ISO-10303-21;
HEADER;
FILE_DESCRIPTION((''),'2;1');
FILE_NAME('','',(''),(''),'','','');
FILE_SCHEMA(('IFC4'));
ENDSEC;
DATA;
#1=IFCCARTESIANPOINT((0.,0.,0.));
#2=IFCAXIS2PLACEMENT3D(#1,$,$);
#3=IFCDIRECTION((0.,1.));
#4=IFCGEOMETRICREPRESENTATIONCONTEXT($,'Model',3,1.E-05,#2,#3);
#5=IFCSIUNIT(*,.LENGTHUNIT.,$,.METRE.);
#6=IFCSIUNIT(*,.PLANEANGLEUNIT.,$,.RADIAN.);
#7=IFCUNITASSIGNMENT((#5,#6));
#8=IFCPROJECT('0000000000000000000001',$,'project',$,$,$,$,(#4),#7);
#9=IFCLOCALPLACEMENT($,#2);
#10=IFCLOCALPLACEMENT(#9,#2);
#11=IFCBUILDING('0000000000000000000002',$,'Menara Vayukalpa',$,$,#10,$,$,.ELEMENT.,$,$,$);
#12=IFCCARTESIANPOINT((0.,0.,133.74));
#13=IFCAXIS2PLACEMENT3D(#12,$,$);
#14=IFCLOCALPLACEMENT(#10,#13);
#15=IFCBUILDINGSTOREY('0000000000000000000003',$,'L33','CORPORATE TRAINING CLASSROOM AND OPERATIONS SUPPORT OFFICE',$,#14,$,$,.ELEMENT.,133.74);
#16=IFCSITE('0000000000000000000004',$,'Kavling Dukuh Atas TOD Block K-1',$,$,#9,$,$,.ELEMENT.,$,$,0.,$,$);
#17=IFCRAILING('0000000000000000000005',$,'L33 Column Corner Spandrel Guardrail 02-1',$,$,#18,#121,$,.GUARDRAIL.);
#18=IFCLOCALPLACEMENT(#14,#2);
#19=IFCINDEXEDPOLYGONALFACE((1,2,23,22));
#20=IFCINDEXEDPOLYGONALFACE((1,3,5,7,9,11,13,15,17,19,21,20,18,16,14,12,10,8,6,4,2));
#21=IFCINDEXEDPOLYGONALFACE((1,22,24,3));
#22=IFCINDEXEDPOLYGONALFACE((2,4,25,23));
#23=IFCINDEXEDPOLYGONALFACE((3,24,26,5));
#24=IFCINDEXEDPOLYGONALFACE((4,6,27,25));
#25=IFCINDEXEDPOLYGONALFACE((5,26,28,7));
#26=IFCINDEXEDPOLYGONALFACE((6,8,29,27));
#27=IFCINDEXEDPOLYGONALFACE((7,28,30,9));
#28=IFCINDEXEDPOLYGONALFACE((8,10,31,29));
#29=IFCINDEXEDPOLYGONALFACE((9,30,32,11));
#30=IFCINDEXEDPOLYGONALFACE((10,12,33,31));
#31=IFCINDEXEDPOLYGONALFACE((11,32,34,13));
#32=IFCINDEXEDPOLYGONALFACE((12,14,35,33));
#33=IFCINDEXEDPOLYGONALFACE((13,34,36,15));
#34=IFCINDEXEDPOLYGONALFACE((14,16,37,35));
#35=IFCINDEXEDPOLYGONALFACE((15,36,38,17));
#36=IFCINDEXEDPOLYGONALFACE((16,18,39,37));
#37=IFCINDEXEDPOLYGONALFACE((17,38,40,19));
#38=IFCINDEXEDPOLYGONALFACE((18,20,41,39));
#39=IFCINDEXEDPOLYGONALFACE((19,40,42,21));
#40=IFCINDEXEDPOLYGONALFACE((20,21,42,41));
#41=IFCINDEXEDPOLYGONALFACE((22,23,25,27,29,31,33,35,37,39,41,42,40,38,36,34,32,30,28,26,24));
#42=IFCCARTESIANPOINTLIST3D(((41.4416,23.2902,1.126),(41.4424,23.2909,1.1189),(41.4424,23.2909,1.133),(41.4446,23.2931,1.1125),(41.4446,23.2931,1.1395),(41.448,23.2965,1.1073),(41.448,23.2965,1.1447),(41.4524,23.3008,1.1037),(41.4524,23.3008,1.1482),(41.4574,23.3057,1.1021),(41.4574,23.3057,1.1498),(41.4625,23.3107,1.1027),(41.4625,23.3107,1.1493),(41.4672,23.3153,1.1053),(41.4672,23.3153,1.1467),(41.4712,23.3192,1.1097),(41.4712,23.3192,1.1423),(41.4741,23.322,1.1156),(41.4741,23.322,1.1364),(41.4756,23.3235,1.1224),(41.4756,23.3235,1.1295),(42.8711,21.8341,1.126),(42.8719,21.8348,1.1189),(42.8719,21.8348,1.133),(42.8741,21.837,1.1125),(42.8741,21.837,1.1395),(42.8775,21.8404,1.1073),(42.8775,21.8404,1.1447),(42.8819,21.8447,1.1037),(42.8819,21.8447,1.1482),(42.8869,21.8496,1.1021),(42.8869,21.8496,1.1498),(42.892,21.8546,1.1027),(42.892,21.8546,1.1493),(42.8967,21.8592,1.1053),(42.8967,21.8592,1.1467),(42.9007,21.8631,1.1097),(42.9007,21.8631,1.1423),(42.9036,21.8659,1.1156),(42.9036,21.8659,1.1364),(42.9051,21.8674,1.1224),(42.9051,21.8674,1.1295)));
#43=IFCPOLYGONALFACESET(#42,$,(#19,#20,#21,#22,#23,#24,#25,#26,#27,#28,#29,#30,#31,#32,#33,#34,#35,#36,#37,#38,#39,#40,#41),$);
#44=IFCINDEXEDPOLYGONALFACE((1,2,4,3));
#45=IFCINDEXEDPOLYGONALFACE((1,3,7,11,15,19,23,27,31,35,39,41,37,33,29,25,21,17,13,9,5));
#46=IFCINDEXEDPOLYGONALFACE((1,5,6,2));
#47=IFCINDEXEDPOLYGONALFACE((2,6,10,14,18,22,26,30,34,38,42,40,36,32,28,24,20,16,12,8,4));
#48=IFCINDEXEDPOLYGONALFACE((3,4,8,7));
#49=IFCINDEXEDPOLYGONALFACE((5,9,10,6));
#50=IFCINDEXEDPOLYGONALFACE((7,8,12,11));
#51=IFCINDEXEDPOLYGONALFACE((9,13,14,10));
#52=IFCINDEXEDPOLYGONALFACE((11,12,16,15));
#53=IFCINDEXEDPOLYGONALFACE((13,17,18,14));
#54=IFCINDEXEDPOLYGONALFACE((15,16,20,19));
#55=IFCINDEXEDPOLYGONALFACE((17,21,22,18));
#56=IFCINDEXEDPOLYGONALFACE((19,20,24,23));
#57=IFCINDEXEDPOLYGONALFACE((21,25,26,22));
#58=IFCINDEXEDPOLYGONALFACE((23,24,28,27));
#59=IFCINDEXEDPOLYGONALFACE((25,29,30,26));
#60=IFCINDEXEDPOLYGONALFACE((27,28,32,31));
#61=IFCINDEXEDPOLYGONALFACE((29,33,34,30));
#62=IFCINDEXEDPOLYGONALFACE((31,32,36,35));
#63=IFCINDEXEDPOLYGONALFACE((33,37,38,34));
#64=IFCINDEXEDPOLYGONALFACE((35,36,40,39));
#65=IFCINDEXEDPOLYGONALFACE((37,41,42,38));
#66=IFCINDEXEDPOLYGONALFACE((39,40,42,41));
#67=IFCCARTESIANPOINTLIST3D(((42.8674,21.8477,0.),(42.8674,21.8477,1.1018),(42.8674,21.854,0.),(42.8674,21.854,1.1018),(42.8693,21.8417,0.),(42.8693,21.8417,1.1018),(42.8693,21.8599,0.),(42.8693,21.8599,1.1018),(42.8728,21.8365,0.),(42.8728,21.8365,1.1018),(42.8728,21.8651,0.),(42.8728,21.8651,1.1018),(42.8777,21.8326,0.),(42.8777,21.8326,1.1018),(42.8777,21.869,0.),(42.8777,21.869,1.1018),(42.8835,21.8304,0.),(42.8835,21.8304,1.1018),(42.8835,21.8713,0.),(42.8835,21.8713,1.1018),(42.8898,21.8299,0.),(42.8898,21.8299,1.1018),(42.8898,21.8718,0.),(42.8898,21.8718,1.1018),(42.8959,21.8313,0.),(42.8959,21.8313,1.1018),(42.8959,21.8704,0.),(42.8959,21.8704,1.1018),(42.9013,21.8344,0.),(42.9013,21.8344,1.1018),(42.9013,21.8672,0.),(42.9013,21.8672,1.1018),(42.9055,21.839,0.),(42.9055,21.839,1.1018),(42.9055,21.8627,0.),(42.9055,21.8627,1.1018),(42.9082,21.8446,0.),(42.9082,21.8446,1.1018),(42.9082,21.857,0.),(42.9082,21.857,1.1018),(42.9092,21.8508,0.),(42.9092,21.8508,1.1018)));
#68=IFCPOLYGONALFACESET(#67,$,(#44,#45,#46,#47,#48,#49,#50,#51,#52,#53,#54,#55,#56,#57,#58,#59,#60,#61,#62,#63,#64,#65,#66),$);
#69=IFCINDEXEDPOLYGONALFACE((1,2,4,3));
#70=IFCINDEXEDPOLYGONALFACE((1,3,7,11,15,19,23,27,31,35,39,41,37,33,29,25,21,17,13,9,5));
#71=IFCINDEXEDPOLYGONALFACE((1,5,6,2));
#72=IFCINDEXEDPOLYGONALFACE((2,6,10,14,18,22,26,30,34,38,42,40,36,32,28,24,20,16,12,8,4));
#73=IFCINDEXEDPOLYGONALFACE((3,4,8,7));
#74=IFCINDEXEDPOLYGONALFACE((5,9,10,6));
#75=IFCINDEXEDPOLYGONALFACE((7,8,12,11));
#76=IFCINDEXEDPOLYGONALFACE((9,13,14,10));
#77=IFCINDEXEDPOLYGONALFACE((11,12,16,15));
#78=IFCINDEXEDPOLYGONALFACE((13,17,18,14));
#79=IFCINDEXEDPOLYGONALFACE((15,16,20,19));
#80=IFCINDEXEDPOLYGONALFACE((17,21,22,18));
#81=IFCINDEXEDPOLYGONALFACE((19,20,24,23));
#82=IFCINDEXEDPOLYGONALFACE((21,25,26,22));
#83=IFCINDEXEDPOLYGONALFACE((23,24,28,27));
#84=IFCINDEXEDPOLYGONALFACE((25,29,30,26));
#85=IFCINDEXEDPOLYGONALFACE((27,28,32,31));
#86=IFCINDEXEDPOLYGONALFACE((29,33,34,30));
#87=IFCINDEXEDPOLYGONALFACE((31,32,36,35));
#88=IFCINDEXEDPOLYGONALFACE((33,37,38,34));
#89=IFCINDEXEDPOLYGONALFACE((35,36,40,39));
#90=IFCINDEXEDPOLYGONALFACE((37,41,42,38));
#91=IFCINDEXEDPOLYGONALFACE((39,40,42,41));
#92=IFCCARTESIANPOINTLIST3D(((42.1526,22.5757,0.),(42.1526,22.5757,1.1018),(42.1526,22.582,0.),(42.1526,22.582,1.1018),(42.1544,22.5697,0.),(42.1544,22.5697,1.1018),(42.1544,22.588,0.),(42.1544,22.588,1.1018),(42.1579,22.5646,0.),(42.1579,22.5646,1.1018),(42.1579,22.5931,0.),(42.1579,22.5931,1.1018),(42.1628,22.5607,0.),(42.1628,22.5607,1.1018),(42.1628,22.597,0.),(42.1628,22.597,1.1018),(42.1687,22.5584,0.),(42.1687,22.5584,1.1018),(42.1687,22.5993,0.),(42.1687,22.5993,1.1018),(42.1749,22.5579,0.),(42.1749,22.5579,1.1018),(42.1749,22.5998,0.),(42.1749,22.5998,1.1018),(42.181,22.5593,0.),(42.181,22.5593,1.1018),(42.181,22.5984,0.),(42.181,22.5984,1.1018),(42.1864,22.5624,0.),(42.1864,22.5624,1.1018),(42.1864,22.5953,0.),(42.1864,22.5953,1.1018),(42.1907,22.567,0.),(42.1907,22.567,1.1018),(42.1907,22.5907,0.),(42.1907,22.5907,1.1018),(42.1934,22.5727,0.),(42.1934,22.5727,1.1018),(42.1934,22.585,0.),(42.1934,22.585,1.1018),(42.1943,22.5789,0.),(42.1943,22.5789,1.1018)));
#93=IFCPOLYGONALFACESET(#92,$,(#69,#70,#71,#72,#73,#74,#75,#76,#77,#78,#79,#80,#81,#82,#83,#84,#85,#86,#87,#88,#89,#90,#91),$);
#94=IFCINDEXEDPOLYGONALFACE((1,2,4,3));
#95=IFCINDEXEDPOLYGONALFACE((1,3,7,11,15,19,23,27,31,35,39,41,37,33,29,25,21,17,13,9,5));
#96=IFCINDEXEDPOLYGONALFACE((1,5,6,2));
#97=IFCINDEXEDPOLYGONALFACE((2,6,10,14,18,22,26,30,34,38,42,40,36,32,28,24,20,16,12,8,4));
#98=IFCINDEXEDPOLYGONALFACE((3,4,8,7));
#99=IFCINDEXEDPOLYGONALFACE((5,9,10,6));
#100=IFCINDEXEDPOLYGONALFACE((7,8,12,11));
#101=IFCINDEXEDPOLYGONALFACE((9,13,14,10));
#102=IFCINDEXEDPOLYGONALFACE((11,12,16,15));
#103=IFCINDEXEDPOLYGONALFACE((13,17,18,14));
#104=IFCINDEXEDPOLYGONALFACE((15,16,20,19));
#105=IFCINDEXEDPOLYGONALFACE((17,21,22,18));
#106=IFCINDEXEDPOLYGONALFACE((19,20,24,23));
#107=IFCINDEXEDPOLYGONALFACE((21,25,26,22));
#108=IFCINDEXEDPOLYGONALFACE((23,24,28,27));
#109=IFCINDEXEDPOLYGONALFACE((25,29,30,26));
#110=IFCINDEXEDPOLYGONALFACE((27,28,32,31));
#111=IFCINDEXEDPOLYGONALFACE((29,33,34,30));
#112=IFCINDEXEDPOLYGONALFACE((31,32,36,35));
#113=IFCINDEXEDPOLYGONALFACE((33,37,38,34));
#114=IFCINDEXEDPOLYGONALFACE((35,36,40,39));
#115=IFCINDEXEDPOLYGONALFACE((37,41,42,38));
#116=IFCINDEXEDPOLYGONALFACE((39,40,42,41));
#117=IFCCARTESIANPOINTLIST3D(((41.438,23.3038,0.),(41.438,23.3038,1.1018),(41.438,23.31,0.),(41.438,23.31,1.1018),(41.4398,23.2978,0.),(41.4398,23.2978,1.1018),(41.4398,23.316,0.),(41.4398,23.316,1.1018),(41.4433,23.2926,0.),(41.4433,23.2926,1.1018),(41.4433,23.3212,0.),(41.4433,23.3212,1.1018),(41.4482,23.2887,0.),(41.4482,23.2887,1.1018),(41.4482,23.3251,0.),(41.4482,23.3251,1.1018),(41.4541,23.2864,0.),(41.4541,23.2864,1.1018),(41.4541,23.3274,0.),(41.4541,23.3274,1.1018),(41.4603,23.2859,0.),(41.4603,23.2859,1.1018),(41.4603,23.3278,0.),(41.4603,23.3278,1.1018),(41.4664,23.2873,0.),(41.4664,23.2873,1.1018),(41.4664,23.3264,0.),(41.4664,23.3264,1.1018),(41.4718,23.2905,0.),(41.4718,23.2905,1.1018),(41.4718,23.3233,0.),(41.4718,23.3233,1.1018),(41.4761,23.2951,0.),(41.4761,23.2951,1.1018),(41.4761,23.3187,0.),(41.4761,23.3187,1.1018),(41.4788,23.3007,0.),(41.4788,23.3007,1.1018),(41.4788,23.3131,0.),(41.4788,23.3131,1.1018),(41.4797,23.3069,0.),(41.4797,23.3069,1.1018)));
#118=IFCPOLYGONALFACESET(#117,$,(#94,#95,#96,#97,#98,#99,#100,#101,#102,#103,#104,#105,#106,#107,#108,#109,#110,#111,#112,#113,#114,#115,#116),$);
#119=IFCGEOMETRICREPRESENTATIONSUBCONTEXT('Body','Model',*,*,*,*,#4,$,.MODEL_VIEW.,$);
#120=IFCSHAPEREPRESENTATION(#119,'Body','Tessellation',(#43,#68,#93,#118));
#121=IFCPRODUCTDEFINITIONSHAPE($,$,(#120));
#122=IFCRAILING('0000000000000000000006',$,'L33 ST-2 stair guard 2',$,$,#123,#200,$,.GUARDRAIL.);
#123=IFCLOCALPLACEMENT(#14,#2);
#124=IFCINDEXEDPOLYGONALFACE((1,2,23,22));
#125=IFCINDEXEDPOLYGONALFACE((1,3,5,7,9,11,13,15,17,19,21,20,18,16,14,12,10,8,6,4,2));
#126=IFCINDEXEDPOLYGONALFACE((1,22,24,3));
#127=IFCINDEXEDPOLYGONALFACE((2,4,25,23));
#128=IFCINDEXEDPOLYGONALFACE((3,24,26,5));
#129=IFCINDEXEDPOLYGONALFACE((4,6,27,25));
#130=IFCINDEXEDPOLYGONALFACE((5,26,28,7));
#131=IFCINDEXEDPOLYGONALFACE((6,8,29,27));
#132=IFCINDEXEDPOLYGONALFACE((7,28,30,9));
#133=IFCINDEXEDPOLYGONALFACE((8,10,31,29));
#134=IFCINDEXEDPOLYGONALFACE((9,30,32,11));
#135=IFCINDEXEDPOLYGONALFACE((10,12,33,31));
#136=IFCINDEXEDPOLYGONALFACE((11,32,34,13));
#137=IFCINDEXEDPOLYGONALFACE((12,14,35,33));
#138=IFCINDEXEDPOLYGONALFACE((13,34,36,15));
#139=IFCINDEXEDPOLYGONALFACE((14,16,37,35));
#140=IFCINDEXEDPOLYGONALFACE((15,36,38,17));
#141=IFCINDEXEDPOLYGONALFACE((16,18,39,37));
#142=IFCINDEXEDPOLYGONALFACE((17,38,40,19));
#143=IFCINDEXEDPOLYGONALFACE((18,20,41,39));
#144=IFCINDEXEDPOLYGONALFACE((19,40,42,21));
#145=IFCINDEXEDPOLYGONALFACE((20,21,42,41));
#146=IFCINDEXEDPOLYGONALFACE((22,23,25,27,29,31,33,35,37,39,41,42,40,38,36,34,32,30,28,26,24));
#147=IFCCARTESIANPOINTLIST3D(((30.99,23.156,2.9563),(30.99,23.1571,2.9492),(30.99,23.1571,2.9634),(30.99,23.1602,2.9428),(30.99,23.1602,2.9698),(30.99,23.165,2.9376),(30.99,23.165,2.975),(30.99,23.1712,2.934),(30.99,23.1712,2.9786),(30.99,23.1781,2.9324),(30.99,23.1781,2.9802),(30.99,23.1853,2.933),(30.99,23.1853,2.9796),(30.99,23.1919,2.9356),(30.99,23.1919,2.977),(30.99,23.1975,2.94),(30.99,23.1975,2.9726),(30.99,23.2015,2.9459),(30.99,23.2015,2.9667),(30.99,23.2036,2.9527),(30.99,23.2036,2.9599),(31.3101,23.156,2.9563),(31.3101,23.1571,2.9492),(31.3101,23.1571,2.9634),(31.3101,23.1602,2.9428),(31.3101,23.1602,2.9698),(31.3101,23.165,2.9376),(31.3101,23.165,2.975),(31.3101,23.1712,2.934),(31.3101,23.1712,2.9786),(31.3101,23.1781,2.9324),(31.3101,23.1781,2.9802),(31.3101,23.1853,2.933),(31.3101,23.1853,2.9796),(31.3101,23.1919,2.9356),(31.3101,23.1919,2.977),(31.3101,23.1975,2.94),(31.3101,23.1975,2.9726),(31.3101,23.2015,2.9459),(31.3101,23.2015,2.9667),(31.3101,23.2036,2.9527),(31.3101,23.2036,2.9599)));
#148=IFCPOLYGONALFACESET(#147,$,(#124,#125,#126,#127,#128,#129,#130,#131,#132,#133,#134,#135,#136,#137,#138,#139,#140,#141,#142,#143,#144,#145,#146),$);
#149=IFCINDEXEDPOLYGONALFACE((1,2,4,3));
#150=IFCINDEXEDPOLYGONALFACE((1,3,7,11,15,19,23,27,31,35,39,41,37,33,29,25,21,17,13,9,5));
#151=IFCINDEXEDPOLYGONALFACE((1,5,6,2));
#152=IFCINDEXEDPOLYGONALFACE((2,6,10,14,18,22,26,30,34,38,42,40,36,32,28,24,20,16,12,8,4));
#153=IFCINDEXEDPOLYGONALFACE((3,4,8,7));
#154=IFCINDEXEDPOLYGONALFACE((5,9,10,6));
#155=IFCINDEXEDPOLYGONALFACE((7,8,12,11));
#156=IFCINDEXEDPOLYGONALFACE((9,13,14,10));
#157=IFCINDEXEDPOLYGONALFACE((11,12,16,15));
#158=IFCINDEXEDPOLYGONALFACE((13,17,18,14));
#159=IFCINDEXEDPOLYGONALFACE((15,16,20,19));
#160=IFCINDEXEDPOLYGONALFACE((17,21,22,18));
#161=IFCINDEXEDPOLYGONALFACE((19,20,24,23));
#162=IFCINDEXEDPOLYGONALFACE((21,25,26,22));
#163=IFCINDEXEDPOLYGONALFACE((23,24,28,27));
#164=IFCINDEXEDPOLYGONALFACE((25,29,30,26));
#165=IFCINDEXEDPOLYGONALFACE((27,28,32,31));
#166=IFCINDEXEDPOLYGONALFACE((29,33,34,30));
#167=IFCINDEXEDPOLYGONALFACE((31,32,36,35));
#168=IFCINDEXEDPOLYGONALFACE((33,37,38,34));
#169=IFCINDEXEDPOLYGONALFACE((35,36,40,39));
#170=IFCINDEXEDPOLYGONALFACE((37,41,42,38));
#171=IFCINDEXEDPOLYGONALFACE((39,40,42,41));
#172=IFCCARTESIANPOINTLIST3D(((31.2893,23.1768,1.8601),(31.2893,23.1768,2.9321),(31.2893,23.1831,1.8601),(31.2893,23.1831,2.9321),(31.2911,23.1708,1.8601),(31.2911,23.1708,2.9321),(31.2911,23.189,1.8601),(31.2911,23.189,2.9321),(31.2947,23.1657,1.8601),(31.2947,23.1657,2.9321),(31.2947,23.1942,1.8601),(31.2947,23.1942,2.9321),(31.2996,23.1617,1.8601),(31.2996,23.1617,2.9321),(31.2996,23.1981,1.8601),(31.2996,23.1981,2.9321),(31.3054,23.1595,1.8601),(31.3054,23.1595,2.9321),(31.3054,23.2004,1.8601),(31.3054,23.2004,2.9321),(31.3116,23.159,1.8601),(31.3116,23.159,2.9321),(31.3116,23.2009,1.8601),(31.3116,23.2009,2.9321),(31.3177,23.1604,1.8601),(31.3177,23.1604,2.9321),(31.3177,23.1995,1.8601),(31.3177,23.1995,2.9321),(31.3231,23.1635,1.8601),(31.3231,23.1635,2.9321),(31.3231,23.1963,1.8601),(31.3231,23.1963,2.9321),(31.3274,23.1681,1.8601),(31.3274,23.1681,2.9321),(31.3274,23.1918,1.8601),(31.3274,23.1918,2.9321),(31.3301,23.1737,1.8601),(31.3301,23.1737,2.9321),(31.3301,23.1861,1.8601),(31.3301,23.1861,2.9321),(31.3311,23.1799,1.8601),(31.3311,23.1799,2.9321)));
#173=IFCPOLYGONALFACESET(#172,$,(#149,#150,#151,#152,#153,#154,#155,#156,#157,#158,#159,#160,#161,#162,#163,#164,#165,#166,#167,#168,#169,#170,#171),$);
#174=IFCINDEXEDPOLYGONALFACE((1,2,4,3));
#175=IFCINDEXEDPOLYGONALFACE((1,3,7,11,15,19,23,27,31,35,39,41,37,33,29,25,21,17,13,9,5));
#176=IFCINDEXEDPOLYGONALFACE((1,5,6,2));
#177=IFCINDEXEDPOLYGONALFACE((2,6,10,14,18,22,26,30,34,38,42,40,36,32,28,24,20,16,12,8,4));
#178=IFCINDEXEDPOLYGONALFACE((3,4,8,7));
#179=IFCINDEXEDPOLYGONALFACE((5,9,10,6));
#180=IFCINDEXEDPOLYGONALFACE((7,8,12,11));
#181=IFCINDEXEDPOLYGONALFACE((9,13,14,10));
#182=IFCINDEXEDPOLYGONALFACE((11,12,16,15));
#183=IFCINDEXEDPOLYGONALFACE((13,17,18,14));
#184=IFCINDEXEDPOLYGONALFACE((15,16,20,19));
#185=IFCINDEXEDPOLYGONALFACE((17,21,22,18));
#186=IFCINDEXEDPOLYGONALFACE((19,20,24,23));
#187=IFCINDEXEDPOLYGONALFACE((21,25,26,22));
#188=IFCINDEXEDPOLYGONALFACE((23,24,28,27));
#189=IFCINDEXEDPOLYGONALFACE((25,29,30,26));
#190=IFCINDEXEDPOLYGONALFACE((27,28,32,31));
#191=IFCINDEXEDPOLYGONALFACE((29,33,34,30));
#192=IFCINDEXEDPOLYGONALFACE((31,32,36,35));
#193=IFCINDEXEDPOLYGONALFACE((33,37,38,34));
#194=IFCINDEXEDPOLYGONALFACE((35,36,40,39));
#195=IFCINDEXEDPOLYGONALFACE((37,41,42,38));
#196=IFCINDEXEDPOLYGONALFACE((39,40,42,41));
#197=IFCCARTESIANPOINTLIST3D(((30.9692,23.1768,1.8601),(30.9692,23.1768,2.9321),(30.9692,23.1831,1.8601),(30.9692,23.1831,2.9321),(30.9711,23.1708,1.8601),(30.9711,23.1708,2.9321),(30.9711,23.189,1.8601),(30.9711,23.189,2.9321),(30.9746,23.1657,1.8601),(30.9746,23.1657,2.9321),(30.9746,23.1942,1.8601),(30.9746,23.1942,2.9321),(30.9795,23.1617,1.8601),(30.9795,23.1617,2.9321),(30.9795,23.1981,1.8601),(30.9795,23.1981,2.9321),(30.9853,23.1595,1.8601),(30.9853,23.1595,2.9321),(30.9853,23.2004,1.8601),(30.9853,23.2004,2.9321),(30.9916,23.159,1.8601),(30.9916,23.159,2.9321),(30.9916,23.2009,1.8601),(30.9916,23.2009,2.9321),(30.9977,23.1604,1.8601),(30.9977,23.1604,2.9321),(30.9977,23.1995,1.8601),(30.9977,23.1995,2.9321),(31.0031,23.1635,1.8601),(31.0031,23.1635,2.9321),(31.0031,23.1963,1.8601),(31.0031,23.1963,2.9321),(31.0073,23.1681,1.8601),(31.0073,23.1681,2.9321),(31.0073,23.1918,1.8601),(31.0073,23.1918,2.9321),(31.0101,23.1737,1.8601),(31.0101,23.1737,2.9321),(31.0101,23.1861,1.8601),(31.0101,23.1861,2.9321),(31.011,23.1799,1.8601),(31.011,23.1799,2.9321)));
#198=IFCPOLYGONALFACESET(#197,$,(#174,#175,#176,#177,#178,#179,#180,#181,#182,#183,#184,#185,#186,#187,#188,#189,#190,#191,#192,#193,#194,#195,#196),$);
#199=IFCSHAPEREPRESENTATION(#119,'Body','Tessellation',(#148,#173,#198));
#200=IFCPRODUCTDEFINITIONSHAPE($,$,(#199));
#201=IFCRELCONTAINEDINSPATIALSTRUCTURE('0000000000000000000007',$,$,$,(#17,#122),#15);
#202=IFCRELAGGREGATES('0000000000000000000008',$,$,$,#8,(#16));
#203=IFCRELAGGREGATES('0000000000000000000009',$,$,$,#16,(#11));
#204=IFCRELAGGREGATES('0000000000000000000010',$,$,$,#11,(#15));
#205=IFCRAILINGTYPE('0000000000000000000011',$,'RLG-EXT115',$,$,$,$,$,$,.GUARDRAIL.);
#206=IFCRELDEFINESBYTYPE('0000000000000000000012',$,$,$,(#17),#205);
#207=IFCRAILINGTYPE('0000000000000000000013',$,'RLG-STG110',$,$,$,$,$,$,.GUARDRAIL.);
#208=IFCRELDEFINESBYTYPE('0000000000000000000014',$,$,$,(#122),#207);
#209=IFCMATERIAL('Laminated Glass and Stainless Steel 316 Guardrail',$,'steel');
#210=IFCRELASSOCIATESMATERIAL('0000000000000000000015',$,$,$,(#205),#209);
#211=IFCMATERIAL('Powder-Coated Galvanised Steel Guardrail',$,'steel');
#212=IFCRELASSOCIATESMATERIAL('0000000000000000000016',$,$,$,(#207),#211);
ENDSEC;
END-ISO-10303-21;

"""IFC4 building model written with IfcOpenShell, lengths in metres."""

from ifc_helpers import new_model, si_unit, direction, frame, origin, origin_2d, place, context, subcontext, project, spatial, circle, extrude, material, type_object, element, save


model = new_model("IFC4")

# Units and contexts
model_context = context("Model", 3, precision=1e-05, world=origin(), true_north=direction((0.0, 1.0)))
body_context = subcontext(model_context, "Body", "Model", "MODEL_VIEW")
ifc_project = project(units=[si_unit("LENGTHUNIT", "METRE"), si_unit("PLANEANGLEUNIT", "RADIAN")], contexts=[model_context])

# Site, building, storey
site_placement = place(None, origin())
site = spatial("IfcSite", under=ifc_project, at=site_placement, Name="Kavling Dukuh Atas TOD Block K-1", CompositionType="ELEMENT", RefElevation=0.0)
building_placement = place(site_placement, origin())
building = spatial("IfcBuilding", under=site, at=building_placement, Name="Menara Vayukalpa", CompositionType="ELEMENT")
storey_placement = place(building_placement, frame((0.0, 0.0, 133.74)))
storey = spatial("IfcBuildingStorey", under=building, at=storey_placement, Name="L33", Description="CORPORATE TRAINING CLASSROOM AND OPERATIONS SUPPORT OFFICE", CompositionType="ELEMENT", Elevation=133.74)

# Railings
ifc_material_1 = material(Name="Laminated Glass and Stainless Steel 316 Guardrail", Category="steel")
railing_type_1 = type_object("IfcRailingType", Name="RLG-EXT115", PredefinedType="GUARDRAIL", material=ifc_material_1)
railing_1_placement = place(storey_placement, frame((42.8882, 21.8508, 0.0)))
element("IfcRailing", 1, at=railing_1_placement, inside=storey, type_object=railing_type_1, Name="L33 Column Corner Spandrel Guardrail 02-1", PredefinedType="GUARDRAIL", context=body_context, shape_type="SweptSolid", body=[
    extrude(circle(Radius=0.0239, at=origin_2d()), frame((0.0, 0.0, 1.126), z_axis=(-0.700556, 0.713598, 0.0), x_axis=(-0.713598, -0.700556, 0.0)), (0.0, 0.0, 1.0), 2.0405),
    extrude(circle(Radius=0.021, at=origin_2d()), origin(), (0.0, 0.0, 1.0), 1.1018),
    extrude(circle(Radius=0.021, at=origin_2d()), frame((-0.7148, 0.728, 0.0)), (0.0, 0.0, 1.0), 1.1018),
    extrude(circle(Radius=0.021, at=origin_2d()), frame((-1.4294, 1.4561, 0.0)), (0.0, 0.0, 1.0), 1.1018),
])
ifc_material_2 = material(Name="Powder-Coated Galvanised Steel Guardrail", Category="steel")
railing_type_2 = type_object("IfcRailingType", Name="RLG-STG110", PredefinedType="GUARDRAIL", material=ifc_material_2)
railing_2_placement = place(storey_placement, frame((31.3101, 23.1799, 1.8601)))
element("IfcRailing", 2, at=railing_2_placement, inside=storey, type_object=railing_type_2, Name="L33 ST-2 stair guard 2", PredefinedType="GUARDRAIL", context=body_context, shape_type="SweptSolid", body=[
    extrude(circle(Radius=0.0239, at=origin_2d()), frame((0.0, 0.0, 1.0962), z_axis=(-1.0, 0.0, 0.0), x_axis=(0.0, -1.0, 0.0)), (0.0, 0.0, 1.0), 0.3201),
    extrude(circle(Radius=0.021, at=origin_2d()), origin(), (0.0, 0.0, 1.0), 1.072),
    extrude(circle(Radius=0.021, at=origin_2d()), frame((-0.3201, 0.0, 0.0)), (0.0, 0.0, 1.0), 1.072),
])

save(model, "model.ifc")
